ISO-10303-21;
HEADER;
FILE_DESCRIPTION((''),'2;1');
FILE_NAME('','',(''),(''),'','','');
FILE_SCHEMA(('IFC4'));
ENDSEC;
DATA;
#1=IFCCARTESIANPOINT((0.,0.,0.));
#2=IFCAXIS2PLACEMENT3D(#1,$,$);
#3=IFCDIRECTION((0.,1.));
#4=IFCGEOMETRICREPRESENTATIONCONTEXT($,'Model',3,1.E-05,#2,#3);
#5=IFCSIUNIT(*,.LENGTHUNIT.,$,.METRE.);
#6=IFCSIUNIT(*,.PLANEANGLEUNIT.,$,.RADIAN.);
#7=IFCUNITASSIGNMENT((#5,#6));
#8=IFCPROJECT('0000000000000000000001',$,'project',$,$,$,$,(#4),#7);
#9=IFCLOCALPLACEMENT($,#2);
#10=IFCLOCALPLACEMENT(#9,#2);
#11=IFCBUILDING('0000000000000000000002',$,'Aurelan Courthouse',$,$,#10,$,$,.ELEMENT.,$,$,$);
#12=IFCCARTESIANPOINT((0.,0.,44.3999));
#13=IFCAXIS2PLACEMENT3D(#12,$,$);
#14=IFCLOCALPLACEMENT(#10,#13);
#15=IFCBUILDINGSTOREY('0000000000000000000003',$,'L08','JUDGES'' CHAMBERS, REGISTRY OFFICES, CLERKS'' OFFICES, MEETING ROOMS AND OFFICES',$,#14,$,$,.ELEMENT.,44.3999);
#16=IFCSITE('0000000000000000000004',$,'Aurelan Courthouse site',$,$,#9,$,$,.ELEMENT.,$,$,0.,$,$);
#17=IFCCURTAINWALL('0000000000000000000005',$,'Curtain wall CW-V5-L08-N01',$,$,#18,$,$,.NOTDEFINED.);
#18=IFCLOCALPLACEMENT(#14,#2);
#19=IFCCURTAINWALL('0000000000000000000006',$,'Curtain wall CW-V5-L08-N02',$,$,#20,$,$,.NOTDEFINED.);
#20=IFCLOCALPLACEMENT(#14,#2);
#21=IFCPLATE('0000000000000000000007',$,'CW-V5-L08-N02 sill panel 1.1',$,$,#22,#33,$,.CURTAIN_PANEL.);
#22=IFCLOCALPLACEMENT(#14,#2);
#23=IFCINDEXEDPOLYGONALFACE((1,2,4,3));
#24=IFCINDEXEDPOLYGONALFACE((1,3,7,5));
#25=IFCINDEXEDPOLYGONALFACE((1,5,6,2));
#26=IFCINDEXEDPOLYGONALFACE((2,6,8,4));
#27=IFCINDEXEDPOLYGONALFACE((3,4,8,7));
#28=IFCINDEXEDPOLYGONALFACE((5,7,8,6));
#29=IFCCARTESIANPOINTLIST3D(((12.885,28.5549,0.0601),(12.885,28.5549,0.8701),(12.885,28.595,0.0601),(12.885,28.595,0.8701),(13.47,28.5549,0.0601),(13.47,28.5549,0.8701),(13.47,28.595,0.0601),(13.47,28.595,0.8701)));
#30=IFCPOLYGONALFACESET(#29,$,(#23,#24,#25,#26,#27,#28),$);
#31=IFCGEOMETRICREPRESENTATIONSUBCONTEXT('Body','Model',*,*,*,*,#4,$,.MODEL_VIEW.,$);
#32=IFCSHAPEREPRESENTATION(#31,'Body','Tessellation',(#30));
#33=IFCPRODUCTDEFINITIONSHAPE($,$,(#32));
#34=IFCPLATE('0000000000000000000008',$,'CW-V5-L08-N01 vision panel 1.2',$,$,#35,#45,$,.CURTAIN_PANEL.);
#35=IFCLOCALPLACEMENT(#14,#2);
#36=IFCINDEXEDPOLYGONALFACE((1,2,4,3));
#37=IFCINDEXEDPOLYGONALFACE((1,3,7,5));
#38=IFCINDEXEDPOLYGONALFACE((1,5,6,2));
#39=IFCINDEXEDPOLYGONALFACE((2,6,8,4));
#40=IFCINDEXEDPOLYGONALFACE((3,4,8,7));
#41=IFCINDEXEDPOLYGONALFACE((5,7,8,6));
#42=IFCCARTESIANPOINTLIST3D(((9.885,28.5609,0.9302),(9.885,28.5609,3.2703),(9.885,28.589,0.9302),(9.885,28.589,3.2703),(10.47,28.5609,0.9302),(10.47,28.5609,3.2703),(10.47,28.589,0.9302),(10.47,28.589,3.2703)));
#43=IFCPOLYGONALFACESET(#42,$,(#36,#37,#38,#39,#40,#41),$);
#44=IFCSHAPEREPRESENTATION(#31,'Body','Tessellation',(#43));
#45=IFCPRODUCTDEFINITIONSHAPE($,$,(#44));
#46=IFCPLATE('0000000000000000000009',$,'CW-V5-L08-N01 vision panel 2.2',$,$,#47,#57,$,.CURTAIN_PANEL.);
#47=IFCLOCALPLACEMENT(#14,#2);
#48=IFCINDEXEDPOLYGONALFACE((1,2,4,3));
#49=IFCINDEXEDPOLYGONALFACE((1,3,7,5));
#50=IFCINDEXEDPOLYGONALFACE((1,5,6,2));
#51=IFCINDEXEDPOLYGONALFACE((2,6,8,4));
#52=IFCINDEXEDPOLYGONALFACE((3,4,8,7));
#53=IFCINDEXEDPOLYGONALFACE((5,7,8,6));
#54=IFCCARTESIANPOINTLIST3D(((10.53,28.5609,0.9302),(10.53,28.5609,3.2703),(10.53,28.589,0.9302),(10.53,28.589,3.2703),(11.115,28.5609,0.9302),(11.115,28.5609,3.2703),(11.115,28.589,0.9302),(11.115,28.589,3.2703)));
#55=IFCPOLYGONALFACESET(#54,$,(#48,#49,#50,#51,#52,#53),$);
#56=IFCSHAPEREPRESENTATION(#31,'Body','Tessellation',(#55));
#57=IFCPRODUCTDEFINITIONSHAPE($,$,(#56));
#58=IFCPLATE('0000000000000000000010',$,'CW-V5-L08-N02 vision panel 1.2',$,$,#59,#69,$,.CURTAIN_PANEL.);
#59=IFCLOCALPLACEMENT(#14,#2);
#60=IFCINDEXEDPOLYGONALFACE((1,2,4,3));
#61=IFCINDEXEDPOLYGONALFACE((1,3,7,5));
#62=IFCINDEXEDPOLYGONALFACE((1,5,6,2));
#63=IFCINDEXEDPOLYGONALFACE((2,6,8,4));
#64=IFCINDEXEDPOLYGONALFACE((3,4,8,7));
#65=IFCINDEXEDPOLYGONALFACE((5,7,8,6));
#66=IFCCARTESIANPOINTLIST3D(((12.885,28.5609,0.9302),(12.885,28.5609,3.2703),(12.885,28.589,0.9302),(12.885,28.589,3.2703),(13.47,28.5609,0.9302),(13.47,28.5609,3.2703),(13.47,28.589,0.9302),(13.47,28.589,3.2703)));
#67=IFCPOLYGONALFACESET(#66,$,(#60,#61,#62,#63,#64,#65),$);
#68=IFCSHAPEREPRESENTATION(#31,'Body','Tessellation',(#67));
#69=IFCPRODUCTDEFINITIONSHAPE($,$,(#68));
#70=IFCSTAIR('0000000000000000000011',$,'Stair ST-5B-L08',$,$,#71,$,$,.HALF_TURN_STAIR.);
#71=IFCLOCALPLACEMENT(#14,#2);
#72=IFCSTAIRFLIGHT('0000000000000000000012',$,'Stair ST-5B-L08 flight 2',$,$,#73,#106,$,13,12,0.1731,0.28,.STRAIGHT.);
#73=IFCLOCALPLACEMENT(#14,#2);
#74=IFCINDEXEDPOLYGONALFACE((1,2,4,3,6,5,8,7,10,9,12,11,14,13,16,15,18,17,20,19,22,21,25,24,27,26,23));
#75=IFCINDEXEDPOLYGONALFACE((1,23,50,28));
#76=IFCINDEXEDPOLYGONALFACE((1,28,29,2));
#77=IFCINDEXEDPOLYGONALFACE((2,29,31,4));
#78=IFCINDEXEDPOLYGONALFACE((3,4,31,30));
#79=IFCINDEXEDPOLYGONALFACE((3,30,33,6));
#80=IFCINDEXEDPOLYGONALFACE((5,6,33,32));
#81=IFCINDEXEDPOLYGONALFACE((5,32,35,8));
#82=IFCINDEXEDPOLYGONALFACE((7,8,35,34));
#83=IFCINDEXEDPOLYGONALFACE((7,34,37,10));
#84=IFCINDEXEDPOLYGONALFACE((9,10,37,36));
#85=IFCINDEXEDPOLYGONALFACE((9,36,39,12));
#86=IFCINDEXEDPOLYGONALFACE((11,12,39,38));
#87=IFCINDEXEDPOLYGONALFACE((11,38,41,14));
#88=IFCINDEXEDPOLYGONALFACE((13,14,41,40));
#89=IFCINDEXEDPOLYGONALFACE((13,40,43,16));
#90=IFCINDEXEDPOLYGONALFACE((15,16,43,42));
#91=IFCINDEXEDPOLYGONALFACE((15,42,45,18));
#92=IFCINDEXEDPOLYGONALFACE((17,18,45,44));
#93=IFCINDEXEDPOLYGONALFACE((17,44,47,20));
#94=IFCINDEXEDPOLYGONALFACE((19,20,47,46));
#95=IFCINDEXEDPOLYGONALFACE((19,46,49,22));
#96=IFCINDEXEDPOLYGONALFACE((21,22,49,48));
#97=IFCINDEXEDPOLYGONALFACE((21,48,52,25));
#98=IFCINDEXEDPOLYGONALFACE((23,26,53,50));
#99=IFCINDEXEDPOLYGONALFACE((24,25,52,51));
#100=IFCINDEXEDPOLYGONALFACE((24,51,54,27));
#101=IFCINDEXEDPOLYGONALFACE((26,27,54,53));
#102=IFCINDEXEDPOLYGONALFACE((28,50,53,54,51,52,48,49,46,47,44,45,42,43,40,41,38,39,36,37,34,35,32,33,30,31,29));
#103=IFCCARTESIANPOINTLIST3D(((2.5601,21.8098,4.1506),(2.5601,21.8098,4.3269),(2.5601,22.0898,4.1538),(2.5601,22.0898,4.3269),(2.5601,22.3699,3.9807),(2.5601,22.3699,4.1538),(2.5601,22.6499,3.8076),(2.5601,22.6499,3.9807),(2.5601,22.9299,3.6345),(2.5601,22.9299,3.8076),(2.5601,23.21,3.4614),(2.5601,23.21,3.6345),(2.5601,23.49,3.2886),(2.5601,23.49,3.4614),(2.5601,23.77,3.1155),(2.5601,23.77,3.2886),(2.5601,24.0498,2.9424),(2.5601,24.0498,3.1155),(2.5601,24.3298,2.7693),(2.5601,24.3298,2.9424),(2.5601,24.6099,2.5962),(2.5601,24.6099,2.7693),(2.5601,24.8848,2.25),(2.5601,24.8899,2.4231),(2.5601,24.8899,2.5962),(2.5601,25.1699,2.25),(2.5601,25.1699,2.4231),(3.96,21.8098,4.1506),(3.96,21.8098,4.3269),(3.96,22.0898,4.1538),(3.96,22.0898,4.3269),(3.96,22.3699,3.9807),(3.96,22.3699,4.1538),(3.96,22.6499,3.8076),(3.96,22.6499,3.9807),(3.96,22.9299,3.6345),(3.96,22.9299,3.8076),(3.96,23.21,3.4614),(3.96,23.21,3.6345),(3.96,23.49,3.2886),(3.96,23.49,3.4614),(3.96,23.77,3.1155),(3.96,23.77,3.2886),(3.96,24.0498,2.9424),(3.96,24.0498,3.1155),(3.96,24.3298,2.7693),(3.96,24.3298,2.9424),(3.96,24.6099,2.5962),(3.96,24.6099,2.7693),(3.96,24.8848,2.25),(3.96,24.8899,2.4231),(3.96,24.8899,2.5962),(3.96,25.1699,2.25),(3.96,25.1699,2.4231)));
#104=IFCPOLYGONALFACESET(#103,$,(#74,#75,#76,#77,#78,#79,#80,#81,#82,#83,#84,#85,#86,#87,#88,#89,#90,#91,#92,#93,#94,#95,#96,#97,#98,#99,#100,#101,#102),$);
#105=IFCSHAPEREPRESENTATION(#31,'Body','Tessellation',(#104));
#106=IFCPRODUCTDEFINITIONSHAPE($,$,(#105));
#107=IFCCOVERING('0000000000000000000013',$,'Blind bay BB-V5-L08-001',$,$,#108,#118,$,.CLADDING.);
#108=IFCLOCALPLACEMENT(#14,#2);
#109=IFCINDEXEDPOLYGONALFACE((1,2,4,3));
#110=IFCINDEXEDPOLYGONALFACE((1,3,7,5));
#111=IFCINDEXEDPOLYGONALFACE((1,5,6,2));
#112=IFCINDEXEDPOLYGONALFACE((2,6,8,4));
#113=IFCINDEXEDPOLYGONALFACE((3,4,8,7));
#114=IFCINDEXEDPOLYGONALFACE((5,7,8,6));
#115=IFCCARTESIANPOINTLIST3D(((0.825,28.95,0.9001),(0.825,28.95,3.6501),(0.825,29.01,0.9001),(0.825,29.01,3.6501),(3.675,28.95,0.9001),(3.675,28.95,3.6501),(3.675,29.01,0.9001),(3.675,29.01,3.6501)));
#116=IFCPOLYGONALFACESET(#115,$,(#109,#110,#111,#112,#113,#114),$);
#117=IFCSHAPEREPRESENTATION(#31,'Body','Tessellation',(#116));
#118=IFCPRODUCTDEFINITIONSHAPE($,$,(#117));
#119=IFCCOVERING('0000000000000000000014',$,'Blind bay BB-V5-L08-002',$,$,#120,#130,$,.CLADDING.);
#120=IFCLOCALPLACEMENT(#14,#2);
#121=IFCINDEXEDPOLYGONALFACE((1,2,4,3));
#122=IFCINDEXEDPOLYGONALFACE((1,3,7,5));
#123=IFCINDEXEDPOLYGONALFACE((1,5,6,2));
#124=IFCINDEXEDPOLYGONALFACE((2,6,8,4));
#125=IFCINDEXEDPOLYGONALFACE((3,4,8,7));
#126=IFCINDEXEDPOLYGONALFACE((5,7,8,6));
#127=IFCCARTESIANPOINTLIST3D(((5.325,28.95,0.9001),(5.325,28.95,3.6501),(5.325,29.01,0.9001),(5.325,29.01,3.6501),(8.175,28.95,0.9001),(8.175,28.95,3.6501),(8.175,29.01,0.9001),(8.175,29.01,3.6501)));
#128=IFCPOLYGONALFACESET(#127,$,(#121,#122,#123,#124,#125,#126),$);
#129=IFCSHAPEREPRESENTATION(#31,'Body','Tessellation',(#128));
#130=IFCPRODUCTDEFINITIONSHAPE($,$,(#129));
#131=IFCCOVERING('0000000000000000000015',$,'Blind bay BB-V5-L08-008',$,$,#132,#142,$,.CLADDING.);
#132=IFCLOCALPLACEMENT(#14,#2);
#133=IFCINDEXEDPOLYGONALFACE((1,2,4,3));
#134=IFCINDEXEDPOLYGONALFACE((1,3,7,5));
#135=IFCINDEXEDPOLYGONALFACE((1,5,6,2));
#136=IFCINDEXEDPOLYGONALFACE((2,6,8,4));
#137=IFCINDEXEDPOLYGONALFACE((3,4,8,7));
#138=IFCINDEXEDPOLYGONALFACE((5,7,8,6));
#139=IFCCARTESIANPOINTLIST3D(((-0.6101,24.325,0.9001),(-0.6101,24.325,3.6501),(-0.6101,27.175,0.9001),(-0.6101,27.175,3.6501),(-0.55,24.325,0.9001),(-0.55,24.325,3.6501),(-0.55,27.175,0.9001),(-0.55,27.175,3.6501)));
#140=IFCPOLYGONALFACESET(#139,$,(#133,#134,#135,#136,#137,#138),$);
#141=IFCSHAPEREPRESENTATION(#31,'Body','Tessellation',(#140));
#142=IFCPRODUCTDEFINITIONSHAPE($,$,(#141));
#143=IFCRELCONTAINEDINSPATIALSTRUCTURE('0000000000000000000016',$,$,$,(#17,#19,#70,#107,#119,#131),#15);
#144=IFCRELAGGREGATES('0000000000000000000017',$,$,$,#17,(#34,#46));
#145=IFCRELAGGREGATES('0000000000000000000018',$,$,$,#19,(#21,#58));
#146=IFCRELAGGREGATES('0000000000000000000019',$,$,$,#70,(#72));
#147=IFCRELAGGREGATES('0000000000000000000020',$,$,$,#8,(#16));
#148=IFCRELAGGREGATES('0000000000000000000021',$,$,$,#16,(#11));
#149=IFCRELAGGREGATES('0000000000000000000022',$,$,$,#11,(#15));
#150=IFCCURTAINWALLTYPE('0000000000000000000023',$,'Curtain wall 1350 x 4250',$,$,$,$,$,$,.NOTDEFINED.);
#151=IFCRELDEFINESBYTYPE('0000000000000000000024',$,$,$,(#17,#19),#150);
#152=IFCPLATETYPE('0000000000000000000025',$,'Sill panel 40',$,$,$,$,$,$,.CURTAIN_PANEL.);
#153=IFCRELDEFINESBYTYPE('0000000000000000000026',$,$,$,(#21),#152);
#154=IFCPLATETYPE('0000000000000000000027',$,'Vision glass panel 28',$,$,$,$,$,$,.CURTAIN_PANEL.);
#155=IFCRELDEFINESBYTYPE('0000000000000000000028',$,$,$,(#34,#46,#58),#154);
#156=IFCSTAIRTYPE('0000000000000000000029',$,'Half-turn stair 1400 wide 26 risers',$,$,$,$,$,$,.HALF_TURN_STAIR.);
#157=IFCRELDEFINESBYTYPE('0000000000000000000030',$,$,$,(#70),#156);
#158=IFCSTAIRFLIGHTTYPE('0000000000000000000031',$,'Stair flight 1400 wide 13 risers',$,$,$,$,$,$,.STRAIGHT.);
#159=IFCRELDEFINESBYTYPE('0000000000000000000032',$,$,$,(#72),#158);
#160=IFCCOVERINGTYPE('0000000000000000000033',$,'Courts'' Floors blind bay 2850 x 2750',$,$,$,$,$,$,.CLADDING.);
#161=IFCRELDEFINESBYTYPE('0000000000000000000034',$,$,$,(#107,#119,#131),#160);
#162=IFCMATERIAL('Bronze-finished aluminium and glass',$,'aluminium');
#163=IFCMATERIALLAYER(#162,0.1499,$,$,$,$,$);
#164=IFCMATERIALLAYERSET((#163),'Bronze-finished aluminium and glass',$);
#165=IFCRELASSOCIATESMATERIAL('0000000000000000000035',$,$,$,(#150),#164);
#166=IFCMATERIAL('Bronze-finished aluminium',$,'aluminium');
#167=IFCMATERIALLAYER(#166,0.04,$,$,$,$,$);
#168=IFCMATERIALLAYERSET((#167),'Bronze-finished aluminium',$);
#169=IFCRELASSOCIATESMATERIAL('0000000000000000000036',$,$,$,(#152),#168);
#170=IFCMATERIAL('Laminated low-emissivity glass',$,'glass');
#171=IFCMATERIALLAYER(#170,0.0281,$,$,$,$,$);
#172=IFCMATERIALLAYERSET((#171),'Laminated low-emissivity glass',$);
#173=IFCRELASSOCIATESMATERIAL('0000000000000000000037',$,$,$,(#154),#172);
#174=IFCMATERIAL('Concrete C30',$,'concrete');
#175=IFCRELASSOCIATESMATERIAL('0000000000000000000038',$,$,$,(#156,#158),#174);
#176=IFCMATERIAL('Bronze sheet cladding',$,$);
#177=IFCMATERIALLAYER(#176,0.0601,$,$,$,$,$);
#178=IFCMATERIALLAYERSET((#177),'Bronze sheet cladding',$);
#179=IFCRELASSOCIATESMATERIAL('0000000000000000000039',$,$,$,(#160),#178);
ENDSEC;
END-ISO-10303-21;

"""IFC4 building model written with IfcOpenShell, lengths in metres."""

from ifc_helpers import new_model, si_unit, direction, frame, origin, origin_2d, place, context, subcontext, project, spatial, polyline, rectangle, outline, extrude, material, layer, layer_set, type_object, element, aggregate, save


model = new_model("IFC4")

# Units and contexts
model_context = context("Model", 3, precision=1e-05, world=origin(), true_north=direction((0.0, 1.0)))
body_context = subcontext(model_context, "Body", "Model", "MODEL_VIEW")
ifc_project = project(units=[si_unit("LENGTHUNIT", "METRE"), si_unit("PLANEANGLEUNIT", "RADIAN")], contexts=[model_context])

# Site, building, storey
site_placement = place(None, origin())
site = spatial("IfcSite", under=ifc_project, at=site_placement, Name="Aurelan Courthouse site", CompositionType="ELEMENT", RefElevation=0.0)
building_placement = place(site_placement, origin())
building = spatial("IfcBuilding", under=site, at=building_placement, Name="Aurelan Courthouse", CompositionType="ELEMENT")
storey_placement = place(building_placement, frame((0.0, 0.0, 44.3999)))
storey = spatial("IfcBuildingStorey", under=building, at=storey_placement, Name="L08", Description="JUDGES' CHAMBERS, REGISTRY OFFICES, CLERKS' OFFICES, MEETING ROOMS AND OFFICES", CompositionType="ELEMENT", Elevation=44.3999)

# Curtain walls
ifc_material_1 = material(Name="Bronze-finished aluminium and glass", Category="aluminium")
ifc_layer_1 = layer(ifc_material_1, 0.1499)
ifc_layer_set_1 = layer_set([ifc_layer_1], Name="Bronze-finished aluminium and glass")
curtain_wall_type = type_object("IfcCurtainWallType", Name="Curtain wall 1350 x 4250", PredefinedType="NOTDEFINED", material=ifc_layer_set_1)
curtain_wall_1_placement = place(storey_placement, origin())
curtain_wall_1 = element("IfcCurtainWall", 1, at=curtain_wall_1_placement, inside=storey, type_object=curtain_wall_type, Name="Curtain wall CW-V5-L08-N01", PredefinedType="NOTDEFINED")
ifc_material_2 = material(Name="Bronze-finished aluminium", Category="aluminium")
curtain_wall_2_placement = place(storey_placement, origin())
curtain_wall_2 = element("IfcCurtainWall", 2, at=curtain_wall_2_placement, inside=storey, type_object=curtain_wall_type, Name="Curtain wall CW-V5-L08-N02", PredefinedType="NOTDEFINED")

# Plates
ifc_layer_2 = layer(ifc_material_2, 0.04)
ifc_layer_set_2 = layer_set([ifc_layer_2], Name="Bronze-finished aluminium")
plate_type_1 = type_object("IfcPlateType", Name="Sill panel 40", PredefinedType="CURTAIN_PANEL", material=ifc_layer_set_2)
plate_1_placement = place(storey_placement, frame((13.1775, 28.575, 0.0601), z_axis=(0.0, 0.0, 1.0), x_axis=(1.0, 0.0, 0.0)))
plate_1 = element("IfcPlate", 3, at=plate_1_placement, type_object=plate_type_1, Name="CW-V5-L08-N02 sill panel 1.1", PredefinedType="CURTAIN_PANEL", context=body_context, shape_type="SweptSolid", body=[
    extrude(rectangle(XDim=0.585, YDim=0.04, at=origin_2d()), origin(), (0.0, 0.0, 1.0), 0.8101),
])
ifc_material_3 = material(Name="Laminated low-emissivity glass", Category="glass")
ifc_layer_3 = layer(ifc_material_3, 0.0281)
ifc_layer_set_3 = layer_set([ifc_layer_3], Name="Laminated low-emissivity glass")
plate_type_2 = type_object("IfcPlateType", Name="Vision glass panel 28", PredefinedType="CURTAIN_PANEL", material=ifc_layer_set_3)
plate_2_placement = place(storey_placement, frame((10.1775, 28.575, 0.9302), z_axis=(0.0, 0.0, 1.0), x_axis=(1.0, 0.0, 0.0)))
plate_2 = element("IfcPlate", 4, at=plate_2_placement, type_object=plate_type_2, Name="CW-V5-L08-N01 vision panel 1.2", PredefinedType="CURTAIN_PANEL", context=body_context, shape_type="SweptSolid", body=[
    extrude(rectangle(XDim=0.585, YDim=0.0281, at=origin_2d()), origin(), (0.0, 0.0, 1.0), 2.3401),
])
plate_3_placement = place(storey_placement, frame((10.8225, 28.575, 0.9302), z_axis=(0.0, 0.0, 1.0), x_axis=(1.0, 0.0, 0.0)))
plate_3 = element("IfcPlate", 5, at=plate_3_placement, type_object=plate_type_2, Name="CW-V5-L08-N01 vision panel 2.2", PredefinedType="CURTAIN_PANEL", context=body_context, shape_type="SweptSolid", body=[
    extrude(rectangle(XDim=0.585, YDim=0.0281, at=origin_2d()), origin(), (0.0, 0.0, 1.0), 2.3401),
])
aggregate(curtain_wall_1, [plate_2, plate_3])
plate_4_placement = place(storey_placement, frame((13.1775, 28.575, 0.9302), z_axis=(0.0, 0.0, 1.0), x_axis=(1.0, 0.0, 0.0)))
plate_4 = element("IfcPlate", 6, at=plate_4_placement, type_object=plate_type_2, Name="CW-V5-L08-N02 vision panel 1.2", PredefinedType="CURTAIN_PANEL", context=body_context, shape_type="SweptSolid", body=[
    extrude(rectangle(XDim=0.585, YDim=0.0281, at=origin_2d()), origin(), (0.0, 0.0, 1.0), 2.3401),
])
aggregate(curtain_wall_2, [plate_1, plate_4])

# Stair, stair flight
ifc_material_4 = material(Name="Concrete C30", Category="concrete")
stair_type = type_object("IfcStairType", Name="Half-turn stair 1400 wide 26 risers", PredefinedType="HALF_TURN_STAIR", material=ifc_material_4)
stair_placement = place(storey_placement, origin())
stair = element("IfcStair", 7, at=stair_placement, inside=storey, type_object=stair_type, Name="Stair ST-5B-L08", PredefinedType="HALF_TURN_STAIR")
stair_flight_type = type_object("IfcStairFlightType", Name="Stair flight 1400 wide 13 risers", PredefinedType="STRAIGHT", material=ifc_material_4)
stair_flight_placement = place(storey_placement, frame((3.26, 25.1699, 2.25), z_axis=(0.0, 0.0, 1.0), x_axis=(0.0, -1.0, 0.0)))
stair_flight = element("IfcStairFlight", 8, at=stair_flight_placement, type_object=stair_flight_type, Name="Stair ST-5B-L08 flight 2", NumberOfRisers=13, NumberOfTreads=12, PredefinedType="STRAIGHT", RiserHeight=0.1731, TreadLength=0.28, context=body_context, shape_type="SweptSolid", body=[
    extrude(outline(polyline([(0.0, 0.0), (0.0, 0.1731), (0.28, 0.1731), (0.28, 0.3462), (0.5601, 0.3462), (0.5601, 0.5193), (0.8401, 0.5193), (0.8401, 0.6924), (1.1201, 0.6924), (1.1201, 0.8655), (1.3999, 0.8655), (1.3999, 1.0386), (1.6799, 1.0386), (1.6799, 1.2114), (1.96, 1.2114), (1.96, 1.3845), (2.24, 1.3845), (2.24, 1.5576), (2.52, 1.5576), (2.52, 1.7307), (2.8, 1.7307), (2.8, 1.9038), (3.0801, 1.9038), (3.0801, 2.0769), (3.3601, 2.0769), (3.3601, 2.25), (3.3601, 1.9006), (0.2852, 0.0), (0.0, 0.0)])), frame((0.0, 0.7, 0.0), z_axis=(0.0, -1.0, 0.0), x_axis=(1.0, 0.0, 0.0)), (0.0, 0.0, 1.0), 1.3999),
])
aggregate(stair, [stair_flight])

# Coverings
ifc_material_5 = material(Name="Bronze sheet cladding")
ifc_layer_4 = layer(ifc_material_5, 0.0601)
ifc_layer_set_4 = layer_set([ifc_layer_4], Name="Bronze sheet cladding")
covering_type = type_object("IfcCoveringType", Name="Courts' Floors blind bay 2850 x 2750", PredefinedType="CLADDING", material=ifc_layer_set_4)
for number, where, z_axis, x_axis, name in (
    (9, (2.25, 28.98, 0.9001), (0.0, 0.0, 1.0), (1.0, 0.0, 0.0), "Blind bay BB-V5-L08-001"),
    (10, (6.75, 28.98, 0.9001), (0.0, 0.0, 1.0), (1.0, 0.0, 0.0), "Blind bay BB-V5-L08-002"),
):
    element("IfcCovering", number, at=place(storey_placement, frame(where, z_axis=z_axis, x_axis=x_axis)), inside=storey, type_object=covering_type, Name=name, PredefinedType="CLADDING", context=body_context, shape_type="SweptSolid", body=[
        extrude(rectangle(XDim=2.8501, YDim=0.0601, at=origin_2d()), origin(), (0.0, 0.0, 1.0), 2.75),
    ])
covering_placement = place(storey_placement, frame((-0.5801, 25.75, 0.9001), z_axis=(0.0, 0.0, 1.0), x_axis=(1.0, 0.0, 0.0)))
element("IfcCovering", 11, at=covering_placement, inside=storey, type_object=covering_type, Name="Blind bay BB-V5-L08-008", PredefinedType="CLADDING", context=body_context, shape_type="SweptSolid", body=[
    extrude(rectangle(XDim=0.0601, YDim=2.8501, at=origin_2d()), origin(), (0.0, 0.0, 1.0), 2.75),
])

save(model, "model.ifc")
